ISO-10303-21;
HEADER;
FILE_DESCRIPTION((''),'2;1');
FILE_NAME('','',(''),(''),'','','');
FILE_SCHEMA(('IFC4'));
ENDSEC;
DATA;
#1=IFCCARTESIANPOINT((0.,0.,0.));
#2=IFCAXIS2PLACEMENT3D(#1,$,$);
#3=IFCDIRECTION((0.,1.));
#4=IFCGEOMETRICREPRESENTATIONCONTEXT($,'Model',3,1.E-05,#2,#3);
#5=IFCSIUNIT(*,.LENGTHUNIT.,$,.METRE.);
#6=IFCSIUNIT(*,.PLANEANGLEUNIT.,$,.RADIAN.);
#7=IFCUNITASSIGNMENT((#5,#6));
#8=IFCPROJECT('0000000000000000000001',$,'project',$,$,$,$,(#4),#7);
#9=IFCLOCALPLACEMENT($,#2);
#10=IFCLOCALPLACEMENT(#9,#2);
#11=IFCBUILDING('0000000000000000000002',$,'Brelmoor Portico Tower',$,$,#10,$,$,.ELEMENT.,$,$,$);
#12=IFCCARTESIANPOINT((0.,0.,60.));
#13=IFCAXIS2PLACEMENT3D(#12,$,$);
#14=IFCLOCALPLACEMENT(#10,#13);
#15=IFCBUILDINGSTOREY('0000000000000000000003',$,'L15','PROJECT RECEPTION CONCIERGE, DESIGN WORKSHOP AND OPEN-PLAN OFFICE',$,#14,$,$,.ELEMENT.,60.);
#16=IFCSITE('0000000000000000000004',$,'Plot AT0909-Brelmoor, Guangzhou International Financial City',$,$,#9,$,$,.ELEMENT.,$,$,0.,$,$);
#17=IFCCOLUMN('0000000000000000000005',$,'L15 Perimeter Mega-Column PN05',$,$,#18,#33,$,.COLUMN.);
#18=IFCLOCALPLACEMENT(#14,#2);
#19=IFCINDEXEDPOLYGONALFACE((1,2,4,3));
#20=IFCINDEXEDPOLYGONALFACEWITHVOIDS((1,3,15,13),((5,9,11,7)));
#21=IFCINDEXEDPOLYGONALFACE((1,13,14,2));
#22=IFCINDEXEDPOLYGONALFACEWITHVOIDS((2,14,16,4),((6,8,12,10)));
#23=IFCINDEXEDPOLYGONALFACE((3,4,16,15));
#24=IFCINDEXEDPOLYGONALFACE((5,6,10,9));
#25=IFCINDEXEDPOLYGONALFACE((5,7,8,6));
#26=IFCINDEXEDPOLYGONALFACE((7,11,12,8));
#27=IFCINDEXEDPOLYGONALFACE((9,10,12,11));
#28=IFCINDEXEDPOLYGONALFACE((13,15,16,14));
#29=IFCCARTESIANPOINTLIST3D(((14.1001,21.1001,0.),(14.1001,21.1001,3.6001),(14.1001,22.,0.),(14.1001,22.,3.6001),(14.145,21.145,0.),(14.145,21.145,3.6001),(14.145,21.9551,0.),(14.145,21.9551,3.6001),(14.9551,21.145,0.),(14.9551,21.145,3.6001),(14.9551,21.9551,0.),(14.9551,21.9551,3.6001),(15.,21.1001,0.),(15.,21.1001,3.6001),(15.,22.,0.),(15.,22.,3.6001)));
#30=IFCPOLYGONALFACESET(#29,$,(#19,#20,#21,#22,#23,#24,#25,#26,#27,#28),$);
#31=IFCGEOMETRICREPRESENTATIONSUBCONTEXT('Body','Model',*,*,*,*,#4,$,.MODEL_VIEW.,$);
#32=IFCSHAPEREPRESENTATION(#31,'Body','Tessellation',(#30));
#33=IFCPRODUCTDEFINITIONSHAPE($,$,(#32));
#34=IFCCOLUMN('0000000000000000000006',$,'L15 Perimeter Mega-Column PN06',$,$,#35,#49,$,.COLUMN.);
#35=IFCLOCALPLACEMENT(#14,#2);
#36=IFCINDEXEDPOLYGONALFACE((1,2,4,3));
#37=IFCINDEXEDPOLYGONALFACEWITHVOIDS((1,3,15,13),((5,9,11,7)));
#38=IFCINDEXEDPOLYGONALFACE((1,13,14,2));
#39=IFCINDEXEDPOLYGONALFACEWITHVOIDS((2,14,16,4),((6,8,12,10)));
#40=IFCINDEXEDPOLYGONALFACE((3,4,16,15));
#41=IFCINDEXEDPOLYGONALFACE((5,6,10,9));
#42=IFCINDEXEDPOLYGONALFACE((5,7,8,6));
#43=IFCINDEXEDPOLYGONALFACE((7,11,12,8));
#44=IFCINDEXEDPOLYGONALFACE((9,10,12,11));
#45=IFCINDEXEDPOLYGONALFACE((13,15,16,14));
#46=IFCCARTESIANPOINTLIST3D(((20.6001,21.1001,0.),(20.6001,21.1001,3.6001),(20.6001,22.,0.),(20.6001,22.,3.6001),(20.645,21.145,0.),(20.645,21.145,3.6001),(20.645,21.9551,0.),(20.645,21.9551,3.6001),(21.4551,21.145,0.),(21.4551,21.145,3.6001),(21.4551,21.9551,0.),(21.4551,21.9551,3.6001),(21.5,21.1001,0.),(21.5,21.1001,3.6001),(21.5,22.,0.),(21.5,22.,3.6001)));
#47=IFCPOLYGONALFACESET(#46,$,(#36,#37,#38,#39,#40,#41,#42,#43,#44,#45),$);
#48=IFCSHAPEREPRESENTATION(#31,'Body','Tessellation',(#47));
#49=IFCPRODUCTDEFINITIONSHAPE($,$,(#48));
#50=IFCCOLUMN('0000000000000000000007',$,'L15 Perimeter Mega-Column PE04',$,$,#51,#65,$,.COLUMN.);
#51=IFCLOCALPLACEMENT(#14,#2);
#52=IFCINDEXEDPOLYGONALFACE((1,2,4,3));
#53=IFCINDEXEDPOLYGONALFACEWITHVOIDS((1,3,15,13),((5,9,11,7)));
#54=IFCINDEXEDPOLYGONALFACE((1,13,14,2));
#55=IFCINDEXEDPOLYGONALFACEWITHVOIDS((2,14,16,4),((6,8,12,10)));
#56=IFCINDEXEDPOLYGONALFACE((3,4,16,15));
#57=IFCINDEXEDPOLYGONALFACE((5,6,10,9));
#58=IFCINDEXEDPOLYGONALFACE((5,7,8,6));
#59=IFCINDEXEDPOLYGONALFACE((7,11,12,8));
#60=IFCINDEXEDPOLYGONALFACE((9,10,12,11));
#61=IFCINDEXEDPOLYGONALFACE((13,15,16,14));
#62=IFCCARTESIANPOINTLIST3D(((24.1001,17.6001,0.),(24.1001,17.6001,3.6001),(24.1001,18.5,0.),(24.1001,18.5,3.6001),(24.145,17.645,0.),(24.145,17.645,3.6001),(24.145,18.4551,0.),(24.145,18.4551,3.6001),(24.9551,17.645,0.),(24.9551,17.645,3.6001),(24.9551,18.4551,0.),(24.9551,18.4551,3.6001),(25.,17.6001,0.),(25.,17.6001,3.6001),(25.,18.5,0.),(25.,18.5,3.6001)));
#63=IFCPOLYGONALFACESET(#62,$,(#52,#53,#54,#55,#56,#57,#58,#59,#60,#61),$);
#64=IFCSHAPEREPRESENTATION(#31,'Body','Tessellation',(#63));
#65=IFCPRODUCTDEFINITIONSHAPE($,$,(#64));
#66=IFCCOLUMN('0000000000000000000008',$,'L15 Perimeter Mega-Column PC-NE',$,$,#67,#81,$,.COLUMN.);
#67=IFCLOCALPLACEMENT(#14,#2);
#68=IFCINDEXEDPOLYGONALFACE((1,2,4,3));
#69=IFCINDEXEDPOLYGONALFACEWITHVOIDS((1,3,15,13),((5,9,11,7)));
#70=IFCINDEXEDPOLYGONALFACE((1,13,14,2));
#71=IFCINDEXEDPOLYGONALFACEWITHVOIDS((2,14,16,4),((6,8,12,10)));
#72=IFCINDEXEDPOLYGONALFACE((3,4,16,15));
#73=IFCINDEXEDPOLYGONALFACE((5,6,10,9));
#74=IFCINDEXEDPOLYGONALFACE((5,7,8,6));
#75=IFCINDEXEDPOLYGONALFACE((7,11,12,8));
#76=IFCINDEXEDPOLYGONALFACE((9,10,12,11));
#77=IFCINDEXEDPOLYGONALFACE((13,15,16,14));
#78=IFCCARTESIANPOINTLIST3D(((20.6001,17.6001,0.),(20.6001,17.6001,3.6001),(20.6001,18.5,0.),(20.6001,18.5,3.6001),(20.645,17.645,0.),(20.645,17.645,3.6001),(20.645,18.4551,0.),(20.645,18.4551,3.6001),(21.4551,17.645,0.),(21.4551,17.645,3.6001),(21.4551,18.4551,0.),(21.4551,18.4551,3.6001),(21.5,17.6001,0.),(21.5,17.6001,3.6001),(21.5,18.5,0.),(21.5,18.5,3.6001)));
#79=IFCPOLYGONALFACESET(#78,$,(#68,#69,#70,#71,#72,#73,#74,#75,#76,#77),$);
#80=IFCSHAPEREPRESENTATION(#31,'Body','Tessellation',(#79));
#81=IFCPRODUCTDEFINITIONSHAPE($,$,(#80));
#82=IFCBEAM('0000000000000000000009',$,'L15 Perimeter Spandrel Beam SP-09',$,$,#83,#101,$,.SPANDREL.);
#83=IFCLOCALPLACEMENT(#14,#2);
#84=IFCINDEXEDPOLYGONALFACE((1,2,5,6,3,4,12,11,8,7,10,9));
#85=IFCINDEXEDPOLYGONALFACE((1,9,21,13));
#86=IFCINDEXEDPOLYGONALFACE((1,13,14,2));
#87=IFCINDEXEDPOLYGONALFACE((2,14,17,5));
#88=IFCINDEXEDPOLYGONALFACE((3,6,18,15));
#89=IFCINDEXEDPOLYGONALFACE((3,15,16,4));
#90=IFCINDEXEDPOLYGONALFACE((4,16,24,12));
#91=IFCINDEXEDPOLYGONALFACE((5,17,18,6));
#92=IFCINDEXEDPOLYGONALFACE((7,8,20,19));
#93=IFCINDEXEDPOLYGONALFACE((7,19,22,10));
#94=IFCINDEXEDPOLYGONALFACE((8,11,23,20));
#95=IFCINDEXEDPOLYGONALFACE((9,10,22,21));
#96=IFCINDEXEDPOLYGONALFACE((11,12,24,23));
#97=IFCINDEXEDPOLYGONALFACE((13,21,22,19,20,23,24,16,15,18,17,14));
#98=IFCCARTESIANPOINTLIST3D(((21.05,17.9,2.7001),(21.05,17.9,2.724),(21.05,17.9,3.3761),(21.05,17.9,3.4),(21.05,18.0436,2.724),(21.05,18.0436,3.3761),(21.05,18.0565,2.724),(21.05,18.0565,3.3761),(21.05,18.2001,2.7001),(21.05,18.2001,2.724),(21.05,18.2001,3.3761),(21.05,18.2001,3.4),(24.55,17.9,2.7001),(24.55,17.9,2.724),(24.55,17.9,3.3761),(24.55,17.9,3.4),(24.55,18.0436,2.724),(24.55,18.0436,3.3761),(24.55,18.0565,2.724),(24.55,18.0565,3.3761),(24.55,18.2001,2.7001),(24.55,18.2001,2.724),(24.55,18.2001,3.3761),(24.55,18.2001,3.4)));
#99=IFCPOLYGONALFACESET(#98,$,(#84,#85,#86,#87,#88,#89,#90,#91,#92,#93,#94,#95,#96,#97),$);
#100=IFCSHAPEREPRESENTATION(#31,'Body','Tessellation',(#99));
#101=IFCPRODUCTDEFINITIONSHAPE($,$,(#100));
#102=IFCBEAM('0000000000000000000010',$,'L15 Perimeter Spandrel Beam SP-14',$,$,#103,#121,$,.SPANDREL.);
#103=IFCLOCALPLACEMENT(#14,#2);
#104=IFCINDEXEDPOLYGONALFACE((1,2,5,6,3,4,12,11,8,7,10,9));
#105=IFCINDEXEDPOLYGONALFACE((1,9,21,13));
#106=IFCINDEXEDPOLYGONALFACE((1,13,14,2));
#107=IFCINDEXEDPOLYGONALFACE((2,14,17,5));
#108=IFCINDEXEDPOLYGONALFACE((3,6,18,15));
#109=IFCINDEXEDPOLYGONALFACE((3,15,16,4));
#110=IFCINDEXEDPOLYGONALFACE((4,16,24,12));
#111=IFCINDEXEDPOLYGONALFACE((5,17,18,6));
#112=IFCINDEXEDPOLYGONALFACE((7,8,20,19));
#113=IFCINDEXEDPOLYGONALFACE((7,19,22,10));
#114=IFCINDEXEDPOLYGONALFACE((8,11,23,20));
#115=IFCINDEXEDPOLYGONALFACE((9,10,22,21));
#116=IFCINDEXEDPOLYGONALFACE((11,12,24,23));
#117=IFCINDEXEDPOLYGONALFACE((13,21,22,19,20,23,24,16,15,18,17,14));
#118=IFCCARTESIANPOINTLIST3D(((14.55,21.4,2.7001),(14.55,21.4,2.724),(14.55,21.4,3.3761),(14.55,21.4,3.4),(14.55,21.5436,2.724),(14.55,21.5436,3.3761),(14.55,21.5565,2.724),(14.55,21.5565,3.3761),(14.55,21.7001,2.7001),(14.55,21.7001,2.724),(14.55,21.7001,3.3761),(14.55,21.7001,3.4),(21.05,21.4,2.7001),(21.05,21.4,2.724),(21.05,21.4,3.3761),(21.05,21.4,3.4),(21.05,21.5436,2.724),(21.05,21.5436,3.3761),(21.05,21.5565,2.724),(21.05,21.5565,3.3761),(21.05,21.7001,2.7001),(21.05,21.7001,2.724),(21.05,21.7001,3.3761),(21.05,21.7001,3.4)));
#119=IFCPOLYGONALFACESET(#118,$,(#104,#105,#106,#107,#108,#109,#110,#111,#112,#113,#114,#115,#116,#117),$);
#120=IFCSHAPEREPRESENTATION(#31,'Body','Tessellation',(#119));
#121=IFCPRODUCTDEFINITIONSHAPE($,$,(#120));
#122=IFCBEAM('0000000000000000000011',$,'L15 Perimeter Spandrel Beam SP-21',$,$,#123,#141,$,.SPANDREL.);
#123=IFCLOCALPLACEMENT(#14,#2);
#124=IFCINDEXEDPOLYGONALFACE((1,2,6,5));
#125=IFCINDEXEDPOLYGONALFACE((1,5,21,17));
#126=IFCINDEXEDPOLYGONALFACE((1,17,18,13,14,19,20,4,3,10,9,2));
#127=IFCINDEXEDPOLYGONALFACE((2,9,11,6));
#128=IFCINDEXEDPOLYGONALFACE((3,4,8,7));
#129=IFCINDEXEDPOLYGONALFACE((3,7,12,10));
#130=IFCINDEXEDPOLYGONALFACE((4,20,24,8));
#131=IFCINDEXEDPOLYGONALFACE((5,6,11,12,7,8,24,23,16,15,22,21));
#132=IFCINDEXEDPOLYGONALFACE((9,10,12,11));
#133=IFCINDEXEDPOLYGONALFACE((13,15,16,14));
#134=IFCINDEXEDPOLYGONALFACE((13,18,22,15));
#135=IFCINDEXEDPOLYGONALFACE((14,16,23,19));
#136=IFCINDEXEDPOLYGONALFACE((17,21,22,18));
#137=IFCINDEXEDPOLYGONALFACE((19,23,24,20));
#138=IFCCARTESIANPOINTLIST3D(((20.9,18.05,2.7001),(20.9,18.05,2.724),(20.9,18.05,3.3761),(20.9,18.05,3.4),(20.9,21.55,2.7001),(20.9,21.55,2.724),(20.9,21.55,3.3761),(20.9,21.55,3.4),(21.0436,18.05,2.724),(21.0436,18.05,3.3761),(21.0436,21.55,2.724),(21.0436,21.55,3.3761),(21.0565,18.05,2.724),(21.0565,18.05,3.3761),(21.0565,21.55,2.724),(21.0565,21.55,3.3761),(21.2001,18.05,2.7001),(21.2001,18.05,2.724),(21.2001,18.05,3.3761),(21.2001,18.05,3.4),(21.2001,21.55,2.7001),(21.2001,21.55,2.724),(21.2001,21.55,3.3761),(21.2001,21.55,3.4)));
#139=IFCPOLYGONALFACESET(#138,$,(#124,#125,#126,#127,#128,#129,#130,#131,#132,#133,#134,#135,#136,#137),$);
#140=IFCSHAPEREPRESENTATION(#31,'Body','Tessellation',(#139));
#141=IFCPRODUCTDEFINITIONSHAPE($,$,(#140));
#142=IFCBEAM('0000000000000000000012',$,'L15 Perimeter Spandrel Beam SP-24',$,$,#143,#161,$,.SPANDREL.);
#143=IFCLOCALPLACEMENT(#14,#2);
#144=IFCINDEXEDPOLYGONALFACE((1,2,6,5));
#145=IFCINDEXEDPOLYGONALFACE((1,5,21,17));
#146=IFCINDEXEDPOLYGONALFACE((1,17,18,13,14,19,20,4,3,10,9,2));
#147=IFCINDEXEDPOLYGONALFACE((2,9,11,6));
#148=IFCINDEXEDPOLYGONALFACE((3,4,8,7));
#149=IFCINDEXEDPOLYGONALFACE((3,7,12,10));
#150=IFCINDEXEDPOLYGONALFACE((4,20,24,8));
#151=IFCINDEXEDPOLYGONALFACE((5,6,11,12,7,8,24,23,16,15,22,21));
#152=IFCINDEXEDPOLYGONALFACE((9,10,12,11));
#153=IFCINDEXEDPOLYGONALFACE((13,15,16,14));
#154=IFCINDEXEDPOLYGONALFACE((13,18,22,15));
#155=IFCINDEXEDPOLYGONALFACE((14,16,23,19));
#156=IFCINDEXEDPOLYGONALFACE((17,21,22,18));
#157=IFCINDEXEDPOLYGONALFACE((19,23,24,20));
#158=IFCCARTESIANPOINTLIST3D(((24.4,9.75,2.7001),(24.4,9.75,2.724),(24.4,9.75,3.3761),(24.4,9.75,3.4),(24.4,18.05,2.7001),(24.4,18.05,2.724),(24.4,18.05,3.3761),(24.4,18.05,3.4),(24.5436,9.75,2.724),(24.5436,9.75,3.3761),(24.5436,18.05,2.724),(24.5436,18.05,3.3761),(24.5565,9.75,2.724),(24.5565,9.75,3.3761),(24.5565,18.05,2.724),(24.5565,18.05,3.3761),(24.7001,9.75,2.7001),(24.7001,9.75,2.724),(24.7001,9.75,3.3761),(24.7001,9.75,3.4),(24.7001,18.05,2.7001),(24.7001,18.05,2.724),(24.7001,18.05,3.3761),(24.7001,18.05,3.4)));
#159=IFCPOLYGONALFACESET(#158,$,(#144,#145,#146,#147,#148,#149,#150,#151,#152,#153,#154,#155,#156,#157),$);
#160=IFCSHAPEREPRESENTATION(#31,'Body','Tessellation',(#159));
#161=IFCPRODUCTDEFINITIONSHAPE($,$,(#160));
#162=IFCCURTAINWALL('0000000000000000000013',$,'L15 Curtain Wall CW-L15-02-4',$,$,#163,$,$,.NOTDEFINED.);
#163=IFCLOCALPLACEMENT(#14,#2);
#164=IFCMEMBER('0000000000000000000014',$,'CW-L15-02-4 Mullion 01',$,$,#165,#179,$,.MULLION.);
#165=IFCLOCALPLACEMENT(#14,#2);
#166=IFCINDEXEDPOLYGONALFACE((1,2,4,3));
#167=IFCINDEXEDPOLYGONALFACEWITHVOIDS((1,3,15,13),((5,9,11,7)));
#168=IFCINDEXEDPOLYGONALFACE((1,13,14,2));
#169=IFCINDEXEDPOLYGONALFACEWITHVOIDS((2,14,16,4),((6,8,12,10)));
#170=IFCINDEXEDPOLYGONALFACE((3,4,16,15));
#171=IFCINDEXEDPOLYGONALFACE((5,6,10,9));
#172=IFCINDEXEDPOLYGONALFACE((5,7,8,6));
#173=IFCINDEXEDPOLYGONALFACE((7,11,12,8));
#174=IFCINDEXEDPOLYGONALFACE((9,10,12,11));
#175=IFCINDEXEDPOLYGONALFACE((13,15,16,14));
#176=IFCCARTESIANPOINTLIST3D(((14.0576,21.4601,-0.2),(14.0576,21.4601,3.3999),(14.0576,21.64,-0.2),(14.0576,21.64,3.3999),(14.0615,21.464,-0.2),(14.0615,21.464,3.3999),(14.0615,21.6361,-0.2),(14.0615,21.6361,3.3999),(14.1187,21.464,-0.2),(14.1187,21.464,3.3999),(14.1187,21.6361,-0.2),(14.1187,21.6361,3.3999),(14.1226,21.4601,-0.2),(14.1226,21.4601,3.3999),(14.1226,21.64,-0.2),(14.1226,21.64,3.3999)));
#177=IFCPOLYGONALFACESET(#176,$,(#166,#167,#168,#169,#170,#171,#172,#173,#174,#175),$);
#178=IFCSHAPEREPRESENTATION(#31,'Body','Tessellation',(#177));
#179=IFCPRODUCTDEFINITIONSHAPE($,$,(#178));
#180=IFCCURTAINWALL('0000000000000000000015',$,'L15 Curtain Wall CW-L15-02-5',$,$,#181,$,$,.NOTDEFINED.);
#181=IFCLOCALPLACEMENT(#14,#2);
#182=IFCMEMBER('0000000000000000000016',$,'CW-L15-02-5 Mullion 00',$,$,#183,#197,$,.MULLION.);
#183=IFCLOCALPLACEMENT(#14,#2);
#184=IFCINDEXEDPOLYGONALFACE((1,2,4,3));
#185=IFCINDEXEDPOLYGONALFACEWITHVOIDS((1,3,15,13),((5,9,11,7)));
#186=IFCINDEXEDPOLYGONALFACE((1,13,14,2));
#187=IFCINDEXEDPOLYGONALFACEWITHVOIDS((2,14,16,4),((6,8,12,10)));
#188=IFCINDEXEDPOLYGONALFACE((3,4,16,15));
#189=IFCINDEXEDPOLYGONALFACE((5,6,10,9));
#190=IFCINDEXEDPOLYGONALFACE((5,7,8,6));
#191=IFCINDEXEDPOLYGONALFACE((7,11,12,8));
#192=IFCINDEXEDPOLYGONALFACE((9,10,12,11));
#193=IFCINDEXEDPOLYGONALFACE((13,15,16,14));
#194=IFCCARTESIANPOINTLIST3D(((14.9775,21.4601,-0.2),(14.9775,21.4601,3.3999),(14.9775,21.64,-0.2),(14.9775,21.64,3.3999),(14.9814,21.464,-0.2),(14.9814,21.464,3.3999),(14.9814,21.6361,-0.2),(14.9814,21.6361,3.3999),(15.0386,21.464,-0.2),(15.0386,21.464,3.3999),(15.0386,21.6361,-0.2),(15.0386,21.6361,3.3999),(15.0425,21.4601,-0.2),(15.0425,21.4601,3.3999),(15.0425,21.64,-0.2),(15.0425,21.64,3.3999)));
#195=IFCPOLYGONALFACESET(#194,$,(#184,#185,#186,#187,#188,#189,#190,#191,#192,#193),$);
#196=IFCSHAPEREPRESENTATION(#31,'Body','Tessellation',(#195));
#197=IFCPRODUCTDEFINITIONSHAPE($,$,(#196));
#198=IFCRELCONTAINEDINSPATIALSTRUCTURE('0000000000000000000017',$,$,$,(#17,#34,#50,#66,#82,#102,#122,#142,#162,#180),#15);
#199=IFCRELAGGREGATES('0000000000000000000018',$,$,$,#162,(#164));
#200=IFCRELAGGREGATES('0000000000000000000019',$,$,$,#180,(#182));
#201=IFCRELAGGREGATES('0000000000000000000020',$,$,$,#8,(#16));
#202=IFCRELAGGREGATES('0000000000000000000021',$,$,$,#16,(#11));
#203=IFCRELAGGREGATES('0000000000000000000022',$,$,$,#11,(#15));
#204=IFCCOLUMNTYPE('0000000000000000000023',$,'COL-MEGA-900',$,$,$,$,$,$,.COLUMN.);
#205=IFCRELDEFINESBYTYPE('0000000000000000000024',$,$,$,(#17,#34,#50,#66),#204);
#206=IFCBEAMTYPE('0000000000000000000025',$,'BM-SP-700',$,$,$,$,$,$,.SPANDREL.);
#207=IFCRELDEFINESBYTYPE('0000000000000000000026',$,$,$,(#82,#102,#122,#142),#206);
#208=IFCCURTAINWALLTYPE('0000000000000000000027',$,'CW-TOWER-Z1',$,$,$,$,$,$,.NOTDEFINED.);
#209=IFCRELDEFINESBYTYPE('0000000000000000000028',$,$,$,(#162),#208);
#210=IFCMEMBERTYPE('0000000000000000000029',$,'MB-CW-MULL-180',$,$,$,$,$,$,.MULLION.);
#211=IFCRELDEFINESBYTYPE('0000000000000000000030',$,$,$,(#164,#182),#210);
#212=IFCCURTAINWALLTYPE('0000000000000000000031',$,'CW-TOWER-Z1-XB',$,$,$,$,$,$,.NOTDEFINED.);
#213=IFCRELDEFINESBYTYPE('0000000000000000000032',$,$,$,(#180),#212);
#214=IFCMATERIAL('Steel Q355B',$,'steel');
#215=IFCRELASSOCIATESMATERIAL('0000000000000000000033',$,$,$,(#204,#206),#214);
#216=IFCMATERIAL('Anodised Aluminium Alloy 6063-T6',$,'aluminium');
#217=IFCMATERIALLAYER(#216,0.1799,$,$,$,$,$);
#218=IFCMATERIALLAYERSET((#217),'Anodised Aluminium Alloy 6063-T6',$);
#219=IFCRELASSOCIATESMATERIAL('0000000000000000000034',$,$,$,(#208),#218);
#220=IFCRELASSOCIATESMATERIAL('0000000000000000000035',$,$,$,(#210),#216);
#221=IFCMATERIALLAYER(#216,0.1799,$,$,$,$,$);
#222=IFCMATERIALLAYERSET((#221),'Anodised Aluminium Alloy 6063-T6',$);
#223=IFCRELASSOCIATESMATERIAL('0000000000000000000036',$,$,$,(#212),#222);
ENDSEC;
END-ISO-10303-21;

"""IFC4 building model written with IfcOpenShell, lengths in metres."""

from ifc_helpers import new_model, si_unit, direction, frame, origin, origin_2d, place, context, subcontext, project, spatial, hollow_rectangle, i_section, extrude, material, layer, layer_set, material_profile, profile_set, type_object, element, aggregate, save


model = new_model("IFC4")

# Units and contexts
model_context = context("Model", 3, precision=1e-05, world=origin(), true_north=direction((0.0, 1.0)))
body_context = subcontext(model_context, "Body", "Model", "MODEL_VIEW")
ifc_project = project(units=[si_unit("LENGTHUNIT", "METRE"), si_unit("PLANEANGLEUNIT", "RADIAN")], contexts=[model_context])

# Site, building, storey
site_placement = place(None, origin())
site = spatial("IfcSite", under=ifc_project, at=site_placement, Name="Plot AT0909-Brelmoor, Guangzhou International Financial City", CompositionType="ELEMENT", RefElevation=0.0)
building_placement = place(site_placement, origin())
building = spatial("IfcBuilding", under=site, at=building_placement, Name="Brelmoor Portico Tower", CompositionType="ELEMENT")
storey_placement = place(building_placement, frame((0.0, 0.0, 60.0)))
storey = spatial("IfcBuildingStorey", under=building, at=storey_placement, Name="L15", Description="PROJECT RECEPTION CONCIERGE, DESIGN WORKSHOP AND OPEN-PLAN OFFICE", CompositionType="ELEMENT", Elevation=60.0)

# Columns
ifc_material_1 = material(Name="Steel Q355B", Category="steel")
ifc_material_profile_1 = material_profile(ifc_material_1, hollow_rectangle(XDim=0.8999, YDim=0.8999, WallThickness=0.0449, at=origin_2d()), Name="BOX 900x900x45")
ifc_profile_set_1 = profile_set([ifc_material_profile_1], Name="Steel Q355B")
column_type = type_object("IfcColumnType", Name="COL-MEGA-900", PredefinedType="COLUMN", material=ifc_profile_set_1)
for number, where, z_axis, x_axis, name in (
    (1, (14.55, 21.55, 0.0), (0.0, 0.0, 1.0), (1.0, 0.0, 0.0), "L15 Perimeter Mega-Column PN05"),
    (2, (21.05, 21.55, 0.0), (0.0, 0.0, 1.0), (1.0, 0.0, 0.0), "L15 Perimeter Mega-Column PN06"),
    (3, (24.55, 18.05, 0.0), (0.0, 0.0, 1.0), (0.0, 1.0, 0.0), "L15 Perimeter Mega-Column PE04"),
    (4, (21.05, 18.05, 0.0), (0.0, 0.0, 1.0), (1.0, 0.0, 0.0), "L15 Perimeter Mega-Column PC-NE"),
):
    element("IfcColumn", number, at=place(storey_placement, frame(where, z_axis=z_axis, x_axis=x_axis)), inside=storey, type_object=column_type, Name=name, PredefinedType="COLUMN", context=body_context, shape_type="SweptSolid", body=[
        extrude(hollow_rectangle(XDim=0.8999, YDim=0.8999, WallThickness=0.0449, at=origin_2d()), origin(), (0.0, 0.0, 1.0), 3.6001),
    ])

# Beams
ifc_material_profile_2 = material_profile(ifc_material_1, i_section(OverallWidth=0.3, OverallDepth=0.7, WebThickness=0.0129, FlangeThickness=0.0239, at=origin_2d()), Name="HN 700x300x13x24")
ifc_profile_set_2 = profile_set([ifc_material_profile_2], Name="Steel Q355B")
beam_type = type_object("IfcBeamType", Name="BM-SP-700", PredefinedType="SPANDREL", material=ifc_profile_set_2)
beam_1_placement = place(storey_placement, frame((21.05, 18.05, 3.05), z_axis=(1.0, 0.0, 0.0), x_axis=(0.0, 1.0, 0.0)))
element("IfcBeam", 5, at=beam_1_placement, inside=storey, type_object=beam_type, Name="L15 Perimeter Spandrel Beam SP-09", PredefinedType="SPANDREL", context=body_context, shape_type="SweptSolid", body=[
    extrude(i_section(OverallWidth=0.3, OverallDepth=0.7, WebThickness=0.0129, FlangeThickness=0.0239, at=origin_2d()), origin(), (0.0, 0.0, 1.0), 3.5),
])
beam_2_placement = place(storey_placement, frame((14.55, 21.55, 3.05), z_axis=(1.0, 0.0, 0.0), x_axis=(0.0, 1.0, 0.0)))
element("IfcBeam", 6, at=beam_2_placement, inside=storey, type_object=beam_type, Name="L15 Perimeter Spandrel Beam SP-14", PredefinedType="SPANDREL", context=body_context, shape_type="SweptSolid", body=[
    extrude(i_section(OverallWidth=0.3, OverallDepth=0.7, WebThickness=0.0129, FlangeThickness=0.0239, at=origin_2d()), origin(), (0.0, 0.0, 1.0), 6.5),
])
beam_3_placement = place(storey_placement, frame((21.05, 18.05, 3.05), z_axis=(0.0, 1.0, 0.0), x_axis=(-1.0, 0.0, 0.0)))
element("IfcBeam", 7, at=beam_3_placement, inside=storey, type_object=beam_type, Name="L15 Perimeter Spandrel Beam SP-21", PredefinedType="SPANDREL", context=body_context, shape_type="SweptSolid", body=[
    extrude(i_section(OverallWidth=0.3, OverallDepth=0.7, WebThickness=0.0129, FlangeThickness=0.0239, at=origin_2d()), origin(), (0.0, 0.0, 1.0), 3.5),
])
beam_4_placement = place(storey_placement, frame((24.55, 9.75, 3.05), z_axis=(0.0, 1.0, 0.0), x_axis=(-1.0, 0.0, 0.0)))
element("IfcBeam", 8, at=beam_4_placement, inside=storey, type_object=beam_type, Name="L15 Perimeter Spandrel Beam SP-24", PredefinedType="SPANDREL", context=body_context, shape_type="SweptSolid", body=[
    extrude(i_section(OverallWidth=0.3, OverallDepth=0.7, WebThickness=0.0129, FlangeThickness=0.0239, at=origin_2d()), origin(), (0.0, 0.0, 1.0), 8.3),
])

# Curtain wall, member
ifc_material_2 = material(Name="Anodised Aluminium Alloy 6063-T6", Category="aluminium")
ifc_layer_1 = layer(ifc_material_2, 0.1799)
ifc_layer_set_1 = layer_set([ifc_layer_1], Name="Anodised Aluminium Alloy 6063-T6")
curtain_wall_type_1 = type_object("IfcCurtainWallType", Name="CW-TOWER-Z1", PredefinedType="NOTDEFINED", material=ifc_layer_set_1)
curtain_wall_1_placement = place(storey_placement, origin())
curtain_wall_1 = element("IfcCurtainWall", 9, at=curtain_wall_1_placement, inside=storey, type_object=curtain_wall_type_1, Name="L15 Curtain Wall CW-L15-02-4", PredefinedType="NOTDEFINED")
ifc_material_profile_3 = material_profile(ifc_material_2, hollow_rectangle(XDim=0.0649, YDim=0.1799, WallThickness=0.0039, at=origin_2d()), Name="ALU MULLION 65x180")
ifc_profile_set_3 = profile_set([ifc_material_profile_3], Name="Anodised Aluminium Alloy 6063-T6")
member_type_1 = type_object("IfcMemberType", Name="MB-CW-MULL-180", PredefinedType="MULLION", material=ifc_profile_set_3)
member_1_placement = place(storey_placement, frame((14.0901, 21.55, -0.2), z_axis=(0.0, 0.0, 1.0), x_axis=(1.0, 0.0, 0.0)))
member_1 = element("IfcMember", 10, at=member_1_placement, type_object=member_type_1, Name="CW-L15-02-4 Mullion 01", PredefinedType="MULLION", context=body_context, shape_type="SweptSolid", body=[
    extrude(hollow_rectangle(XDim=0.0649, YDim=0.1799, WallThickness=0.0039, at=origin_2d()), origin(), (0.0, 0.0, 1.0), 3.5999),
])
aggregate(curtain_wall_1, [member_1])

# Curtain wall, member
ifc_layer_2 = layer(ifc_material_2, 0.1799)
ifc_layer_set_2 = layer_set([ifc_layer_2], Name="Anodised Aluminium Alloy 6063-T6")
curtain_wall_type_2 = type_object("IfcCurtainWallType", Name="CW-TOWER-Z1-XB", PredefinedType="NOTDEFINED", material=ifc_layer_set_2)
curtain_wall_2_placement = place(storey_placement, origin())
curtain_wall_2 = element("IfcCurtainWall", 11, at=curtain_wall_2_placement, inside=storey, type_object=curtain_wall_type_2, Name="L15 Curtain Wall CW-L15-02-5", PredefinedType="NOTDEFINED")
member_2_placement = place(storey_placement, frame((15.01, 21.55, -0.2), z_axis=(0.0, 0.0, 1.0), x_axis=(1.0, 0.0, 0.0)))
member_2 = element("IfcMember", 12, at=member_2_placement, type_object=member_type_1, Name="CW-L15-02-5 Mullion 00", PredefinedType="MULLION", context=body_context, shape_type="SweptSolid", body=[
    extrude(hollow_rectangle(XDim=0.0649, YDim=0.1799, WallThickness=0.0039, at=origin_2d()), origin(), (0.0, 0.0, 1.0), 3.5999),
])

aggregate(curtain_wall_2, [member_2])

save(model, "model.ifc")
